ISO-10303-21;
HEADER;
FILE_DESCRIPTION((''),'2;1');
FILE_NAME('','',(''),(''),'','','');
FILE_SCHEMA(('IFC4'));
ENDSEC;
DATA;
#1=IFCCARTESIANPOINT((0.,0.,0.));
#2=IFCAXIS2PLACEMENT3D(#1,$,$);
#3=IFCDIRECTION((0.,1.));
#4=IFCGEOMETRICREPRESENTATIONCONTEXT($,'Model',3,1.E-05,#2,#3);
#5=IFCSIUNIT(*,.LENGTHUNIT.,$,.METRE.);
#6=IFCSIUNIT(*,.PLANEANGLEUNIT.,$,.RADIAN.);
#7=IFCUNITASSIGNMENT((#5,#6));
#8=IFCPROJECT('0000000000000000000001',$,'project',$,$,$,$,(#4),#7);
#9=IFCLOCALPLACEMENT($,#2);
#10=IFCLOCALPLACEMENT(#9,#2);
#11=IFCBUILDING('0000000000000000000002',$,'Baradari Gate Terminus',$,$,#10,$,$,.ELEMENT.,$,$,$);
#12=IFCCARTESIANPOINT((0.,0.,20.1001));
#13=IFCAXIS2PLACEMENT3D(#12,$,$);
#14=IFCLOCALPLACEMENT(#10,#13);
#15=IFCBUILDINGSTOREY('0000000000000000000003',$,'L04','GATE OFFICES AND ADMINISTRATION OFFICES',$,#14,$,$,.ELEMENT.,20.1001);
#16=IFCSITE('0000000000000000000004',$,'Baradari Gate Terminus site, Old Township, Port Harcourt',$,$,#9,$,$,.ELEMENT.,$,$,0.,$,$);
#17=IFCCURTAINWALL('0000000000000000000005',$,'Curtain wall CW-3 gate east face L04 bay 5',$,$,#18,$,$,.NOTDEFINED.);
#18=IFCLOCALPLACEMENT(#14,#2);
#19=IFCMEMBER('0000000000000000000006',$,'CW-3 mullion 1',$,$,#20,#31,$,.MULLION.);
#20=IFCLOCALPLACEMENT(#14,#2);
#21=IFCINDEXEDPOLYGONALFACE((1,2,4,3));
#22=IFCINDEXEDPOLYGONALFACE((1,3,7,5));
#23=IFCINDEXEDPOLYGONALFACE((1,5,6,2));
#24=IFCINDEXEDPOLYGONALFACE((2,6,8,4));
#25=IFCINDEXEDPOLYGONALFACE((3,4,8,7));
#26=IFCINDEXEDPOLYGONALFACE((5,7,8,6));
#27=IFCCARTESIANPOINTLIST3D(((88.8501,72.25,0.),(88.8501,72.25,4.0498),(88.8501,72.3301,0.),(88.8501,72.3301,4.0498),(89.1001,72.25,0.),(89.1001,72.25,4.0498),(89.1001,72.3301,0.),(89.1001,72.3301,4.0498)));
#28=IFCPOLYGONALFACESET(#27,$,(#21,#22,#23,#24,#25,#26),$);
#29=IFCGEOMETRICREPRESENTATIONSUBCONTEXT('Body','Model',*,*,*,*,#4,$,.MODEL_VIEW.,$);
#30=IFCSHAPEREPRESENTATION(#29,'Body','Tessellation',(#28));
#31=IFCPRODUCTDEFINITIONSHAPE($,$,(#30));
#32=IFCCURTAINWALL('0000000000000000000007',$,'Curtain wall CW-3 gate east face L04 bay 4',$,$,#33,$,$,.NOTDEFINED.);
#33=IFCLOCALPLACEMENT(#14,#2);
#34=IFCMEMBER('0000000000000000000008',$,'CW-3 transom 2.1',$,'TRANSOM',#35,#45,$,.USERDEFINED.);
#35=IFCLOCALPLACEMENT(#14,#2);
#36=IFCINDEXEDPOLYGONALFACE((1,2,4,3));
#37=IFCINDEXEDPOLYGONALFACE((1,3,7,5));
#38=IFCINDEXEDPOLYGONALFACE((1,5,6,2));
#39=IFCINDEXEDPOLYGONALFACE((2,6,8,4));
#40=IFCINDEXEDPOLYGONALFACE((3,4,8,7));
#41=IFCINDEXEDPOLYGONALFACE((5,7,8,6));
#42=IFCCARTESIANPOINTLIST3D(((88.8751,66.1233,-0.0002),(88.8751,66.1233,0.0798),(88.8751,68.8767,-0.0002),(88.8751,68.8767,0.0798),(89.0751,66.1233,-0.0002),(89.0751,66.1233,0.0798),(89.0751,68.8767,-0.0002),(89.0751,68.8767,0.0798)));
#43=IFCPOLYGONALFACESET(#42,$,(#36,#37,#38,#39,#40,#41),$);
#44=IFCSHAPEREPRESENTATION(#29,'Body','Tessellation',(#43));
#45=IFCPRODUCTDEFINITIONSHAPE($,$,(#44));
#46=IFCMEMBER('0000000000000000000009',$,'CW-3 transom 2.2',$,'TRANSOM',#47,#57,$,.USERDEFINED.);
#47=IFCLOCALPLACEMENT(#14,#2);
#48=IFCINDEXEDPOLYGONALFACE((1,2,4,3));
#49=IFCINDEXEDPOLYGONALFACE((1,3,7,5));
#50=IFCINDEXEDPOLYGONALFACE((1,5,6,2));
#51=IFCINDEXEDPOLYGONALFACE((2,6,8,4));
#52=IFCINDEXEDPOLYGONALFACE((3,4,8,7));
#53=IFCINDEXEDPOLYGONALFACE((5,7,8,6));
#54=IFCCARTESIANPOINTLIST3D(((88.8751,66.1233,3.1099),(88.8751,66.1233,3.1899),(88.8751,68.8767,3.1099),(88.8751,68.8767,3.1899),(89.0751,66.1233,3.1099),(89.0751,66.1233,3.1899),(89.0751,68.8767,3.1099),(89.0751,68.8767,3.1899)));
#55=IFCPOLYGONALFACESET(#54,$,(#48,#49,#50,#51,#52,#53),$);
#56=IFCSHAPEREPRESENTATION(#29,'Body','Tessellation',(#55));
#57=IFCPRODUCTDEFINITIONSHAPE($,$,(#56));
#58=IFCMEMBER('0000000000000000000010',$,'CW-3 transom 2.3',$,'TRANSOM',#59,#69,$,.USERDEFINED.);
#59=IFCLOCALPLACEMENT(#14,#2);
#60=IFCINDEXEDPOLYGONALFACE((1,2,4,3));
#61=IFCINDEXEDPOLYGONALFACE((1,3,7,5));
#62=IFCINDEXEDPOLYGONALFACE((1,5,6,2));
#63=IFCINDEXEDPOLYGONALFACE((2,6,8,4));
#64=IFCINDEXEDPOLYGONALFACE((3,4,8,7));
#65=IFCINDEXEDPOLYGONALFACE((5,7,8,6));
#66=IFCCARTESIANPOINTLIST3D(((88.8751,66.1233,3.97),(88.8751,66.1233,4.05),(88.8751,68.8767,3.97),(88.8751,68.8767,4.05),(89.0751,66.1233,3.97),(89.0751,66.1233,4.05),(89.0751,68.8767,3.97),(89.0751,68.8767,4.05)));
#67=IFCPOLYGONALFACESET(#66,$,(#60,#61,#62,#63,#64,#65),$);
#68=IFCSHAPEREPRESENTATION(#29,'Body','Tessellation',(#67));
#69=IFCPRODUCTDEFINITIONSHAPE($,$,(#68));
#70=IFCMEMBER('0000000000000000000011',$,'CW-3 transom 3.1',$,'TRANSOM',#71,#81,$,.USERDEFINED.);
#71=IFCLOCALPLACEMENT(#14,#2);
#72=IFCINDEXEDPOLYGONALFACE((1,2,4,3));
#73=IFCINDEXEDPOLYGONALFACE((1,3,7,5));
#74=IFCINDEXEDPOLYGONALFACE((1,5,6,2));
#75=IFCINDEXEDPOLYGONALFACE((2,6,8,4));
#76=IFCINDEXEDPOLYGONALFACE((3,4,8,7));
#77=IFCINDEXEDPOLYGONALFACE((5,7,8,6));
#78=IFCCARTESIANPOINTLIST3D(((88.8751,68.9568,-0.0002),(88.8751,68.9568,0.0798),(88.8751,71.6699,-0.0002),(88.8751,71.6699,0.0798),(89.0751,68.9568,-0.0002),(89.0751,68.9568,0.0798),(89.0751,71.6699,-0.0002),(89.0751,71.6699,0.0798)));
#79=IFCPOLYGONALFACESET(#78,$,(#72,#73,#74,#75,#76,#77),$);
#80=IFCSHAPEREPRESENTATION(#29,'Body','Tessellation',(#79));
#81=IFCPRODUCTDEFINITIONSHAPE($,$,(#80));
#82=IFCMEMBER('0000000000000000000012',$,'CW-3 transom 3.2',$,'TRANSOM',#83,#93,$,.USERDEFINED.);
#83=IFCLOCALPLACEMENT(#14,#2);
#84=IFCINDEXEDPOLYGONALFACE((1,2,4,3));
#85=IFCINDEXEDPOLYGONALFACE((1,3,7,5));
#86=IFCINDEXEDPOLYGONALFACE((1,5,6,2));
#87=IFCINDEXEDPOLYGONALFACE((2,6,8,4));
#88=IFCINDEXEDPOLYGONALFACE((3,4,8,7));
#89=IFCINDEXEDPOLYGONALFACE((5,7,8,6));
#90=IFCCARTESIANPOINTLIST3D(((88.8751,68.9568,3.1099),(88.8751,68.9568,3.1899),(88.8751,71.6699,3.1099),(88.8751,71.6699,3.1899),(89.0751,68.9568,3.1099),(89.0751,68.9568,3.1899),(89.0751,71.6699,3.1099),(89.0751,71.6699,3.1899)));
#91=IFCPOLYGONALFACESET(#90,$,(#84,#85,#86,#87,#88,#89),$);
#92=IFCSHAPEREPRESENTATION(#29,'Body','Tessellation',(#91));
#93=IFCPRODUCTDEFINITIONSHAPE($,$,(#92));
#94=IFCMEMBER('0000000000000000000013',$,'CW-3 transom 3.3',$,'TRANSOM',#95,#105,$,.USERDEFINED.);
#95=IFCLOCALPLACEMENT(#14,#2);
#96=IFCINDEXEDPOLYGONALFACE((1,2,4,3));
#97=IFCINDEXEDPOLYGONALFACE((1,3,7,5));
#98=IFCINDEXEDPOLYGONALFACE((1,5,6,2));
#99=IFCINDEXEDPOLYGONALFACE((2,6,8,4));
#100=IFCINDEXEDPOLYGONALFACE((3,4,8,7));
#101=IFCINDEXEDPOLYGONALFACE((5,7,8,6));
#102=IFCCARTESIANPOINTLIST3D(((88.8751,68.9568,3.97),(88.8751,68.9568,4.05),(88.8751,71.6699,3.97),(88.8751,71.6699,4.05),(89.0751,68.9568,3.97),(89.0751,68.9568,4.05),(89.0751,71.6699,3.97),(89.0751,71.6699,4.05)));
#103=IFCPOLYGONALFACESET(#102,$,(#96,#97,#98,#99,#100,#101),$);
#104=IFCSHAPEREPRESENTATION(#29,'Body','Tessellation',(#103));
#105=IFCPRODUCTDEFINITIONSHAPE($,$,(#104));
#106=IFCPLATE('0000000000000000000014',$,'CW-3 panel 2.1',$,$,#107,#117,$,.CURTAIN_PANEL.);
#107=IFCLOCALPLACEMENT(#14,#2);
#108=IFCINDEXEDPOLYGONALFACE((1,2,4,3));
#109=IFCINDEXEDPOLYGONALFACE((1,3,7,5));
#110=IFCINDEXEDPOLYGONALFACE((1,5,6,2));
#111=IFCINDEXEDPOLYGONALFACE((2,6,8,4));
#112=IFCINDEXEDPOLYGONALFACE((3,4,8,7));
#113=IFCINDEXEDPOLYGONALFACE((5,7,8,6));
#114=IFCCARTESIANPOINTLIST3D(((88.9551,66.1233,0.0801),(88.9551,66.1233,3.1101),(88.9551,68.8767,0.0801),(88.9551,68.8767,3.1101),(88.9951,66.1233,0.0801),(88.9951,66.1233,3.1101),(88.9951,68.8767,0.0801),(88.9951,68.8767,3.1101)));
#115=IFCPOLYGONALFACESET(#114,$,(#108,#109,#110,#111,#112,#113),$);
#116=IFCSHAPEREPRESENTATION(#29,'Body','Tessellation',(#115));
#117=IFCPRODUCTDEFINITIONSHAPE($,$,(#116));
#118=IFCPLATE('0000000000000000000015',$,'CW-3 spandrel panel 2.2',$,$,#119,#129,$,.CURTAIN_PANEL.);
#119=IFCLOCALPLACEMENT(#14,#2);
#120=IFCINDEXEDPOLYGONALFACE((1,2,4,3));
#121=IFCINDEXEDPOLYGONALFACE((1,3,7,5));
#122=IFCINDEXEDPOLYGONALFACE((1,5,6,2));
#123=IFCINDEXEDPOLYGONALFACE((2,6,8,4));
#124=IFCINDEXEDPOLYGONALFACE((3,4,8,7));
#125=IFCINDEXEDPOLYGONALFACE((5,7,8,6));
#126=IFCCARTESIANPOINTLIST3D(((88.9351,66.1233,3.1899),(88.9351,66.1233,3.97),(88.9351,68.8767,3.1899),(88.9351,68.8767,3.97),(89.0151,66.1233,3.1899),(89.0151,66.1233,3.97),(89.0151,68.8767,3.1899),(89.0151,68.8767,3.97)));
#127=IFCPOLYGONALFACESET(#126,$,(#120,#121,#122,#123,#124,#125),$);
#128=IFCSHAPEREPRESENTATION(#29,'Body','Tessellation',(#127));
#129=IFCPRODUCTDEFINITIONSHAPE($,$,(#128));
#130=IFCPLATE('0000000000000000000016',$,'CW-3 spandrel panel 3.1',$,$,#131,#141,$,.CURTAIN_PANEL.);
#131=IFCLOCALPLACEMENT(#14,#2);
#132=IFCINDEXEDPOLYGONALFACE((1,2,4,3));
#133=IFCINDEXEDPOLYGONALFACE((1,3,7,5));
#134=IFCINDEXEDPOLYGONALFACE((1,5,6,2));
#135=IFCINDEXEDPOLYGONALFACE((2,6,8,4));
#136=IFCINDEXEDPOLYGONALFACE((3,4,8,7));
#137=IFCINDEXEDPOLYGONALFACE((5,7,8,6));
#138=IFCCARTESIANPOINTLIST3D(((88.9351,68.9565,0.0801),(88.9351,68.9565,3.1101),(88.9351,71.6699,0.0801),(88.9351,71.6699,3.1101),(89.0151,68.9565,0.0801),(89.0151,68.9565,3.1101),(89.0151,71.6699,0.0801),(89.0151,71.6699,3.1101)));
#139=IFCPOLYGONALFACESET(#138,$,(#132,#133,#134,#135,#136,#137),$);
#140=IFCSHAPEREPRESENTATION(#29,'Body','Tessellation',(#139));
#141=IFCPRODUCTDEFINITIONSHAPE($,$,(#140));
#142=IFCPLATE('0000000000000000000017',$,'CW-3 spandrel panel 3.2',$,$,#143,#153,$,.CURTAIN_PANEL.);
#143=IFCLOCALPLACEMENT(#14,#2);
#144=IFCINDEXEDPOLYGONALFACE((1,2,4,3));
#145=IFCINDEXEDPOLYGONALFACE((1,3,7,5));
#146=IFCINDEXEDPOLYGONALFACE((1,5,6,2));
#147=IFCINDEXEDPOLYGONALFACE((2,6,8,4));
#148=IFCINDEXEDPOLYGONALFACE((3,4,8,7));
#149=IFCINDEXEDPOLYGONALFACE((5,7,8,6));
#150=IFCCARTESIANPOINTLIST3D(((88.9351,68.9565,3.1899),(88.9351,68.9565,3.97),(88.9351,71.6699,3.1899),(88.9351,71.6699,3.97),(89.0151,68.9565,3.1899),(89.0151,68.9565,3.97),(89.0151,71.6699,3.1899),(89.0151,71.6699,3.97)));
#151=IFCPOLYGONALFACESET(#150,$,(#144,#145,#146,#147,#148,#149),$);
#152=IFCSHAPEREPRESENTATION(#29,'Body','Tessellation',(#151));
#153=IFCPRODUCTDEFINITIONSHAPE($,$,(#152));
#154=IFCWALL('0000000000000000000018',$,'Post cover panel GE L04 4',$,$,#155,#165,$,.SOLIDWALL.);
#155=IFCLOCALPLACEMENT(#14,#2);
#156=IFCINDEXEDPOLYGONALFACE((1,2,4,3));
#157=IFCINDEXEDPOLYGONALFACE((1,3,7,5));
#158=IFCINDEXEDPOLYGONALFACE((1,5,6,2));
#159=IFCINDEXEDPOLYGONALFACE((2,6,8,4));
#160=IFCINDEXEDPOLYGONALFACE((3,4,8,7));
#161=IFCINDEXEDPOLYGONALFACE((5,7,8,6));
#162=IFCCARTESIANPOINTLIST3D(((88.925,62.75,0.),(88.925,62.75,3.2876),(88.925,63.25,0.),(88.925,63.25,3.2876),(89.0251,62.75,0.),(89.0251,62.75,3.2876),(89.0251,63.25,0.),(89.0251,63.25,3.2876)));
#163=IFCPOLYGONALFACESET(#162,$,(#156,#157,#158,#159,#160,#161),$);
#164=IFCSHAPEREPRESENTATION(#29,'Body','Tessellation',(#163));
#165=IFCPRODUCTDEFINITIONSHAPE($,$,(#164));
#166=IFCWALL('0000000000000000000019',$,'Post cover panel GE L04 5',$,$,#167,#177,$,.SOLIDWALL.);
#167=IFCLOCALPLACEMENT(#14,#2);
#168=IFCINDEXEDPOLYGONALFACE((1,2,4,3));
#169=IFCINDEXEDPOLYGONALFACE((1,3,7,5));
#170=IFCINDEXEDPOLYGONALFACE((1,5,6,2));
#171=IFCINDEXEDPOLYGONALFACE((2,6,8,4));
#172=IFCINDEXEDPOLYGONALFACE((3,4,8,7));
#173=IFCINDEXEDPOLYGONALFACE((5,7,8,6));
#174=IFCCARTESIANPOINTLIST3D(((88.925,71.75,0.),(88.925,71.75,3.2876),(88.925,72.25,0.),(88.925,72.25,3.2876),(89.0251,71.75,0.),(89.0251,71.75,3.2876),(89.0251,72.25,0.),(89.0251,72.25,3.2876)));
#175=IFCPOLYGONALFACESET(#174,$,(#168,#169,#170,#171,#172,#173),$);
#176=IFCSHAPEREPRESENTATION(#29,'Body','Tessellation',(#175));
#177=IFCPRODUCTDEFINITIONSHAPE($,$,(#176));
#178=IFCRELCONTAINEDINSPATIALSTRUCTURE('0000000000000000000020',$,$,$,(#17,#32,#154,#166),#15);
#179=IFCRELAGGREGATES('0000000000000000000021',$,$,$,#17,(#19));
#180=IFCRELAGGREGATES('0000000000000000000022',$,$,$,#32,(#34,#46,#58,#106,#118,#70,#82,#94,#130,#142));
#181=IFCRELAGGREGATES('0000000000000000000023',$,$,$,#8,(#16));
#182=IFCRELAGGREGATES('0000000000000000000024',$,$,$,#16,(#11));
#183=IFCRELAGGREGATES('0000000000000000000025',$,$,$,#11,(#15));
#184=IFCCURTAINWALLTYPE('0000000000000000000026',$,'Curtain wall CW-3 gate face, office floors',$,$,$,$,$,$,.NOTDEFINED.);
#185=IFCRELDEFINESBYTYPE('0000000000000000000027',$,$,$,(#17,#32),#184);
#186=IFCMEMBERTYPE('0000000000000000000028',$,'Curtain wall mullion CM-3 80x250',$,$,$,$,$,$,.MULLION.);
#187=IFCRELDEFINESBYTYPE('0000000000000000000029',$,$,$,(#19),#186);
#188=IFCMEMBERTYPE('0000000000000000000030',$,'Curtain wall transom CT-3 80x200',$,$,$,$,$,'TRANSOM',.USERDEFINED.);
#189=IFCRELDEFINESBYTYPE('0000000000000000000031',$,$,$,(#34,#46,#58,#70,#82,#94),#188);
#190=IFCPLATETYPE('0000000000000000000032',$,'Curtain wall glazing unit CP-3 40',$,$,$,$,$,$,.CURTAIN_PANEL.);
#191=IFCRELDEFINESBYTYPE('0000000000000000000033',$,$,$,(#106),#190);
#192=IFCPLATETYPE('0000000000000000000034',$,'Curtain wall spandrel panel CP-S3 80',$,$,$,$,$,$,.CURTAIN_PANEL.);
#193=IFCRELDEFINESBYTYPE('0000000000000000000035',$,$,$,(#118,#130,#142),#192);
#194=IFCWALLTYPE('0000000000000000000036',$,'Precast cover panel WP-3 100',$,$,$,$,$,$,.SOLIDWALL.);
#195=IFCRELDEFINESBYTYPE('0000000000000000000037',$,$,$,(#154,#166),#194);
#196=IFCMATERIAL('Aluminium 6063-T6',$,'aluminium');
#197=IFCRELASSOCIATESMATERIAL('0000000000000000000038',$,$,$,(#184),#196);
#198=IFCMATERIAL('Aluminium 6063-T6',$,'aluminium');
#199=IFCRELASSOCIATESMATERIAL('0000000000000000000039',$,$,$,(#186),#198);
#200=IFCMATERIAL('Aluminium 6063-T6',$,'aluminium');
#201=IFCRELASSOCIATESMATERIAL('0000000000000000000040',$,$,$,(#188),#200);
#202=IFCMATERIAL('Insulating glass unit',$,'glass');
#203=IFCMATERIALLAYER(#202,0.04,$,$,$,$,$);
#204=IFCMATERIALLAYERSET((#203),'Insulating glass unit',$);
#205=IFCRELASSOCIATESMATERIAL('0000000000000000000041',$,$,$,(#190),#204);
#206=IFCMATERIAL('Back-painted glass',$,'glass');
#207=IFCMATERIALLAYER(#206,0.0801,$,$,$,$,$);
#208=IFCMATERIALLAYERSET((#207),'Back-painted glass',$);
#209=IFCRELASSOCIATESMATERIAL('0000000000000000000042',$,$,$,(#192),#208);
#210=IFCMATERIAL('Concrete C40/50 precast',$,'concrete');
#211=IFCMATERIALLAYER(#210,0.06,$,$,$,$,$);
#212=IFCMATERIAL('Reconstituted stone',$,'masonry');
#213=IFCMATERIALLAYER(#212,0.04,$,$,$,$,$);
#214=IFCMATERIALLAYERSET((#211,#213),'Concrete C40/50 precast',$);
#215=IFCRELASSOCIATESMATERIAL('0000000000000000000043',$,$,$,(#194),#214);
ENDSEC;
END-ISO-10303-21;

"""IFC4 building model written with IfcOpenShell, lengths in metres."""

from ifc_helpers import new_model, si_unit, direction, frame, frame_2d, origin, origin_2d, place, context, subcontext, project, spatial, rectangle, extrude, material, layer, layer_set, material_profile, profile_set, type_object, element, aggregate, save


model = new_model("IFC4")

# Units and contexts
model_context = context("Model", 3, precision=1e-05, world=origin(), true_north=direction((0.0, 1.0)))
body_context = subcontext(model_context, "Body", "Model", "MODEL_VIEW")
ifc_project = project(units=[si_unit("LENGTHUNIT", "METRE"), si_unit("PLANEANGLEUNIT", "RADIAN")], contexts=[model_context])

# Site, building, storey
site_placement = place(None, origin())
site = spatial("IfcSite", under=ifc_project, at=site_placement, Name="Baradari Gate Terminus site, Old Township, Port Harcourt", CompositionType="ELEMENT", RefElevation=0.0)
building_placement = place(site_placement, origin())
building = spatial("IfcBuilding", under=site, at=building_placement, Name="Baradari Gate Terminus", CompositionType="ELEMENT")
storey_placement = place(building_placement, frame((0.0, 0.0, 20.1001)))
storey = spatial("IfcBuildingStorey", under=building, at=storey_placement, Name="L04", Description="GATE OFFICES AND ADMINISTRATION OFFICES", CompositionType="ELEMENT", Elevation=20.1001)

# Curtain wall, member
ifc_material_1 = material(Name="Aluminium 6063-T6", Category="aluminium")
curtain_wall_type = type_object("IfcCurtainWallType", Name="Curtain wall CW-3 gate face, office floors", PredefinedType="NOTDEFINED", material=ifc_material_1)
curtain_wall_1_placement = place(storey_placement, origin())
curtain_wall_1 = element("IfcCurtainWall", 1, at=curtain_wall_1_placement, inside=storey, type_object=curtain_wall_type, Name="Curtain wall CW-3 gate east face L04 bay 5", PredefinedType="NOTDEFINED")
ifc_material_2 = material(Name="Aluminium 6063-T6", Category="aluminium")
ifc_material_profile_1 = material_profile(ifc_material_2, rectangle(XDim=0.25, YDim=0.0801, at=origin_2d()), Name="CM-3 80X250")
ifc_profile_set_1 = profile_set([ifc_material_profile_1], Name="Aluminium 6063-T6")
member_type_1 = type_object("IfcMemberType", Name="Curtain wall mullion CM-3 80x250", PredefinedType="MULLION", material=ifc_profile_set_1)
member_1_placement = place(storey_placement, frame((88.9751, 72.29, 0.0), z_axis=(0.0, 0.0, 1.0), x_axis=(-1.0, 0.0, 0.0)))
member_1 = element("IfcMember", 2, at=member_1_placement, type_object=member_type_1, Name="CW-3 mullion 1", PredefinedType="MULLION", context=body_context, shape_type="SweptSolid", body=[
    extrude(rectangle(XDim=0.25, YDim=0.0801, at=origin_2d()), origin(), (0.0, 0.0, 1.0), 4.0498),
])
aggregate(curtain_wall_1, [member_1])

# Curtain wall, members, plates
curtain_wall_2_placement = place(storey_placement, origin())
curtain_wall_2 = element("IfcCurtainWall", 3, at=curtain_wall_2_placement, inside=storey, type_object=curtain_wall_type, Name="Curtain wall CW-3 gate east face L04 bay 4", PredefinedType="NOTDEFINED")
ifc_material_3 = material(Name="Aluminium 6063-T6", Category="aluminium")
ifc_material_profile_2 = material_profile(ifc_material_3, rectangle(XDim=0.2, YDim=0.0801, at=origin_2d()), Name="CT-3 80X200")
ifc_profile_set_2 = profile_set([ifc_material_profile_2], Name="Aluminium 6063-T6")
member_type_2 = type_object("IfcMemberType", Name="Curtain wall transom CT-3 80x200", ElementType="TRANSOM", PredefinedType="USERDEFINED", material=ifc_profile_set_2)
member_2_placement = place(storey_placement, frame((88.9751, 66.1233, 0.0398), z_axis=(0.0, 1.0, 0.0), x_axis=(-1.0, 0.0, 0.0)))
member_2 = element("IfcMember", 4, at=member_2_placement, type_object=member_type_2, Name="CW-3 transom 2.1", ObjectType="TRANSOM", PredefinedType="USERDEFINED", context=body_context, shape_type="SweptSolid", body=[
    extrude(rectangle(XDim=0.2, YDim=0.0801, at=origin_2d()), origin(), (0.0, 0.0, 1.0), 2.7534),
])
member_3_placement = place(storey_placement, frame((88.9751, 66.1233, 3.1499), z_axis=(0.0, 1.0, 0.0), x_axis=(-1.0, 0.0, 0.0)))
member_3 = element("IfcMember", 5, at=member_3_placement, type_object=member_type_2, Name="CW-3 transom 2.2", ObjectType="TRANSOM", PredefinedType="USERDEFINED", context=body_context, shape_type="SweptSolid", body=[
    extrude(rectangle(XDim=0.2, YDim=0.0801, at=origin_2d()), origin(), (0.0, 0.0, 1.0), 2.7534),
])
member_4_placement = place(storey_placement, frame((88.9751, 66.1233, 4.01), z_axis=(0.0, 1.0, 0.0), x_axis=(-1.0, 0.0, 0.0)))
member_4 = element("IfcMember", 6, at=member_4_placement, type_object=member_type_2, Name="CW-3 transom 2.3", ObjectType="TRANSOM", PredefinedType="USERDEFINED", context=body_context, shape_type="SweptSolid", body=[
    extrude(rectangle(XDim=0.2, YDim=0.0801, at=origin_2d()), origin(), (0.0, 0.0, 1.0), 2.7534),
])
member_5_placement = place(storey_placement, frame((88.9751, 68.9568, 0.0398), z_axis=(0.0, 1.0, 0.0), x_axis=(-1.0, 0.0, 0.0)))
member_5 = element("IfcMember", 7, at=member_5_placement, type_object=member_type_2, Name="CW-3 transom 3.1", ObjectType="TRANSOM", PredefinedType="USERDEFINED", context=body_context, shape_type="SweptSolid", body=[
    extrude(rectangle(XDim=0.2, YDim=0.0801, at=origin_2d()), origin(), (0.0, 0.0, 1.0), 2.7131),
])
member_6_placement = place(storey_placement, frame((88.9751, 68.9568, 3.1499), z_axis=(0.0, 1.0, 0.0), x_axis=(-1.0, 0.0, 0.0)))
member_6 = element("IfcMember", 8, at=member_6_placement, type_object=member_type_2, Name="CW-3 transom 3.2", ObjectType="TRANSOM", PredefinedType="USERDEFINED", context=body_context, shape_type="SweptSolid", body=[
    extrude(rectangle(XDim=0.2, YDim=0.0801, at=origin_2d()), origin(), (0.0, 0.0, 1.0), 2.7131),
])
member_7_placement = place(storey_placement, frame((88.9751, 68.9568, 4.01), z_axis=(0.0, 1.0, 0.0), x_axis=(-1.0, 0.0, 0.0)))
member_7 = element("IfcMember", 9, at=member_7_placement, type_object=member_type_2, Name="CW-3 transom 3.3", ObjectType="TRANSOM", PredefinedType="USERDEFINED", context=body_context, shape_type="SweptSolid", body=[
    extrude(rectangle(XDim=0.2, YDim=0.0801, at=origin_2d()), origin(), (0.0, 0.0, 1.0), 2.7131),
])
ifc_material_4 = material(Name="Insulating glass unit", Category="glass")
ifc_layer_1 = layer(ifc_material_4, 0.04)
ifc_layer_set_1 = layer_set([ifc_layer_1], Name="Insulating glass unit")
plate_type_1 = type_object("IfcPlateType", Name="Curtain wall glazing unit CP-3 40", PredefinedType="CURTAIN_PANEL", material=ifc_layer_set_1)
plate_1_placement = place(storey_placement, frame((88.9751, 67.5, 0.0801), z_axis=(0.0, 0.0, 1.0), x_axis=(0.0, 1.0, 0.0)))
plate_1 = element("IfcPlate", 10, at=plate_1_placement, type_object=plate_type_1, Name="CW-3 panel 2.1", PredefinedType="CURTAIN_PANEL", context=body_context, shape_type="SweptSolid", body=[
    extrude(rectangle(XDim=2.7534, YDim=0.04, at=origin_2d()), origin(), (0.0, 0.0, 1.0), 3.03),
])
ifc_material_5 = material(Name="Back-painted glass", Category="glass")
ifc_layer_2 = layer(ifc_material_5, 0.0801)
ifc_layer_set_2 = layer_set([ifc_layer_2], Name="Back-painted glass")
plate_type_2 = type_object("IfcPlateType", Name="Curtain wall spandrel panel CP-S3 80", PredefinedType="CURTAIN_PANEL", material=ifc_layer_set_2)
plate_2_placement = place(storey_placement, frame((88.9751, 67.5, 3.1899), z_axis=(0.0, 0.0, 1.0), x_axis=(0.0, 1.0, 0.0)))
plate_2 = element("IfcPlate", 11, at=plate_2_placement, type_object=plate_type_2, Name="CW-3 spandrel panel 2.2", PredefinedType="CURTAIN_PANEL", context=body_context, shape_type="SweptSolid", body=[
    extrude(rectangle(XDim=2.7534, YDim=0.0801, at=origin_2d()), origin(), (0.0, 0.0, 1.0), 0.78),
])
plate_3_placement = place(storey_placement, frame((88.9751, 70.3132, 0.0801), z_axis=(0.0, 0.0, 1.0), x_axis=(0.0, 1.0, 0.0)))
plate_3 = element("IfcPlate", 12, at=plate_3_placement, type_object=plate_type_2, Name="CW-3 spandrel panel 3.1", PredefinedType="CURTAIN_PANEL", context=body_context, shape_type="SweptSolid", body=[
    extrude(rectangle(XDim=2.7134, YDim=0.0801, at=origin_2d()), origin(), (0.0, 0.0, 1.0), 3.03),
])
plate_4_placement = place(storey_placement, frame((88.9751, 70.3132, 3.1899), z_axis=(0.0, 0.0, 1.0), x_axis=(0.0, 1.0, 0.0)))
plate_4 = element("IfcPlate", 13, at=plate_4_placement, type_object=plate_type_2, Name="CW-3 spandrel panel 3.2", PredefinedType="CURTAIN_PANEL", context=body_context, shape_type="SweptSolid", body=[
    extrude(rectangle(XDim=2.7134, YDim=0.0801, at=origin_2d()), origin(), (0.0, 0.0, 1.0), 0.78),
])
aggregate(curtain_wall_2, [member_2, member_3, member_4, plate_1, plate_2, member_5, member_6, member_7, plate_3, plate_4])

# Walls
ifc_material_6 = material(Name="Concrete C40/50 precast", Category="concrete")
ifc_layer_3 = layer(ifc_material_6, 0.06)
ifc_material_7 = material(Name="Reconstituted stone", Category="masonry")
ifc_layer_4 = layer(ifc_material_7, 0.04)
ifc_layer_set_3 = layer_set([ifc_layer_3, ifc_layer_4], Name="Concrete C40/50 precast")
wall_type = type_object("IfcWallType", Name="Precast cover panel WP-3 100", PredefinedType="SOLIDWALL", material=ifc_layer_set_3)
for number, where, z_axis, x_axis, name in (
    (14, (88.9751, 62.75, 0.0), (0.0, 0.0, 1.0), (0.0, 1.0, 0.0), "Post cover panel GE L04 4"),
    (15, (88.9751, 71.75, 0.0), (0.0, 0.0, 1.0), (0.0, 1.0, 0.0), "Post cover panel GE L04 5"),
):
    element("IfcWall", number, at=place(storey_placement, frame(where, z_axis=z_axis, x_axis=x_axis)), inside=storey, type_object=wall_type, Name=name, PredefinedType="SOLIDWALL", context=body_context, shape_type="SweptSolid", body=[
        extrude(rectangle(XDim=0.5, YDim=0.1001, at=frame_2d((0.25, 0.0))), origin(), (0.0, 0.0, 1.0), 3.2876),
    ])

save(model, "model.ifc")
